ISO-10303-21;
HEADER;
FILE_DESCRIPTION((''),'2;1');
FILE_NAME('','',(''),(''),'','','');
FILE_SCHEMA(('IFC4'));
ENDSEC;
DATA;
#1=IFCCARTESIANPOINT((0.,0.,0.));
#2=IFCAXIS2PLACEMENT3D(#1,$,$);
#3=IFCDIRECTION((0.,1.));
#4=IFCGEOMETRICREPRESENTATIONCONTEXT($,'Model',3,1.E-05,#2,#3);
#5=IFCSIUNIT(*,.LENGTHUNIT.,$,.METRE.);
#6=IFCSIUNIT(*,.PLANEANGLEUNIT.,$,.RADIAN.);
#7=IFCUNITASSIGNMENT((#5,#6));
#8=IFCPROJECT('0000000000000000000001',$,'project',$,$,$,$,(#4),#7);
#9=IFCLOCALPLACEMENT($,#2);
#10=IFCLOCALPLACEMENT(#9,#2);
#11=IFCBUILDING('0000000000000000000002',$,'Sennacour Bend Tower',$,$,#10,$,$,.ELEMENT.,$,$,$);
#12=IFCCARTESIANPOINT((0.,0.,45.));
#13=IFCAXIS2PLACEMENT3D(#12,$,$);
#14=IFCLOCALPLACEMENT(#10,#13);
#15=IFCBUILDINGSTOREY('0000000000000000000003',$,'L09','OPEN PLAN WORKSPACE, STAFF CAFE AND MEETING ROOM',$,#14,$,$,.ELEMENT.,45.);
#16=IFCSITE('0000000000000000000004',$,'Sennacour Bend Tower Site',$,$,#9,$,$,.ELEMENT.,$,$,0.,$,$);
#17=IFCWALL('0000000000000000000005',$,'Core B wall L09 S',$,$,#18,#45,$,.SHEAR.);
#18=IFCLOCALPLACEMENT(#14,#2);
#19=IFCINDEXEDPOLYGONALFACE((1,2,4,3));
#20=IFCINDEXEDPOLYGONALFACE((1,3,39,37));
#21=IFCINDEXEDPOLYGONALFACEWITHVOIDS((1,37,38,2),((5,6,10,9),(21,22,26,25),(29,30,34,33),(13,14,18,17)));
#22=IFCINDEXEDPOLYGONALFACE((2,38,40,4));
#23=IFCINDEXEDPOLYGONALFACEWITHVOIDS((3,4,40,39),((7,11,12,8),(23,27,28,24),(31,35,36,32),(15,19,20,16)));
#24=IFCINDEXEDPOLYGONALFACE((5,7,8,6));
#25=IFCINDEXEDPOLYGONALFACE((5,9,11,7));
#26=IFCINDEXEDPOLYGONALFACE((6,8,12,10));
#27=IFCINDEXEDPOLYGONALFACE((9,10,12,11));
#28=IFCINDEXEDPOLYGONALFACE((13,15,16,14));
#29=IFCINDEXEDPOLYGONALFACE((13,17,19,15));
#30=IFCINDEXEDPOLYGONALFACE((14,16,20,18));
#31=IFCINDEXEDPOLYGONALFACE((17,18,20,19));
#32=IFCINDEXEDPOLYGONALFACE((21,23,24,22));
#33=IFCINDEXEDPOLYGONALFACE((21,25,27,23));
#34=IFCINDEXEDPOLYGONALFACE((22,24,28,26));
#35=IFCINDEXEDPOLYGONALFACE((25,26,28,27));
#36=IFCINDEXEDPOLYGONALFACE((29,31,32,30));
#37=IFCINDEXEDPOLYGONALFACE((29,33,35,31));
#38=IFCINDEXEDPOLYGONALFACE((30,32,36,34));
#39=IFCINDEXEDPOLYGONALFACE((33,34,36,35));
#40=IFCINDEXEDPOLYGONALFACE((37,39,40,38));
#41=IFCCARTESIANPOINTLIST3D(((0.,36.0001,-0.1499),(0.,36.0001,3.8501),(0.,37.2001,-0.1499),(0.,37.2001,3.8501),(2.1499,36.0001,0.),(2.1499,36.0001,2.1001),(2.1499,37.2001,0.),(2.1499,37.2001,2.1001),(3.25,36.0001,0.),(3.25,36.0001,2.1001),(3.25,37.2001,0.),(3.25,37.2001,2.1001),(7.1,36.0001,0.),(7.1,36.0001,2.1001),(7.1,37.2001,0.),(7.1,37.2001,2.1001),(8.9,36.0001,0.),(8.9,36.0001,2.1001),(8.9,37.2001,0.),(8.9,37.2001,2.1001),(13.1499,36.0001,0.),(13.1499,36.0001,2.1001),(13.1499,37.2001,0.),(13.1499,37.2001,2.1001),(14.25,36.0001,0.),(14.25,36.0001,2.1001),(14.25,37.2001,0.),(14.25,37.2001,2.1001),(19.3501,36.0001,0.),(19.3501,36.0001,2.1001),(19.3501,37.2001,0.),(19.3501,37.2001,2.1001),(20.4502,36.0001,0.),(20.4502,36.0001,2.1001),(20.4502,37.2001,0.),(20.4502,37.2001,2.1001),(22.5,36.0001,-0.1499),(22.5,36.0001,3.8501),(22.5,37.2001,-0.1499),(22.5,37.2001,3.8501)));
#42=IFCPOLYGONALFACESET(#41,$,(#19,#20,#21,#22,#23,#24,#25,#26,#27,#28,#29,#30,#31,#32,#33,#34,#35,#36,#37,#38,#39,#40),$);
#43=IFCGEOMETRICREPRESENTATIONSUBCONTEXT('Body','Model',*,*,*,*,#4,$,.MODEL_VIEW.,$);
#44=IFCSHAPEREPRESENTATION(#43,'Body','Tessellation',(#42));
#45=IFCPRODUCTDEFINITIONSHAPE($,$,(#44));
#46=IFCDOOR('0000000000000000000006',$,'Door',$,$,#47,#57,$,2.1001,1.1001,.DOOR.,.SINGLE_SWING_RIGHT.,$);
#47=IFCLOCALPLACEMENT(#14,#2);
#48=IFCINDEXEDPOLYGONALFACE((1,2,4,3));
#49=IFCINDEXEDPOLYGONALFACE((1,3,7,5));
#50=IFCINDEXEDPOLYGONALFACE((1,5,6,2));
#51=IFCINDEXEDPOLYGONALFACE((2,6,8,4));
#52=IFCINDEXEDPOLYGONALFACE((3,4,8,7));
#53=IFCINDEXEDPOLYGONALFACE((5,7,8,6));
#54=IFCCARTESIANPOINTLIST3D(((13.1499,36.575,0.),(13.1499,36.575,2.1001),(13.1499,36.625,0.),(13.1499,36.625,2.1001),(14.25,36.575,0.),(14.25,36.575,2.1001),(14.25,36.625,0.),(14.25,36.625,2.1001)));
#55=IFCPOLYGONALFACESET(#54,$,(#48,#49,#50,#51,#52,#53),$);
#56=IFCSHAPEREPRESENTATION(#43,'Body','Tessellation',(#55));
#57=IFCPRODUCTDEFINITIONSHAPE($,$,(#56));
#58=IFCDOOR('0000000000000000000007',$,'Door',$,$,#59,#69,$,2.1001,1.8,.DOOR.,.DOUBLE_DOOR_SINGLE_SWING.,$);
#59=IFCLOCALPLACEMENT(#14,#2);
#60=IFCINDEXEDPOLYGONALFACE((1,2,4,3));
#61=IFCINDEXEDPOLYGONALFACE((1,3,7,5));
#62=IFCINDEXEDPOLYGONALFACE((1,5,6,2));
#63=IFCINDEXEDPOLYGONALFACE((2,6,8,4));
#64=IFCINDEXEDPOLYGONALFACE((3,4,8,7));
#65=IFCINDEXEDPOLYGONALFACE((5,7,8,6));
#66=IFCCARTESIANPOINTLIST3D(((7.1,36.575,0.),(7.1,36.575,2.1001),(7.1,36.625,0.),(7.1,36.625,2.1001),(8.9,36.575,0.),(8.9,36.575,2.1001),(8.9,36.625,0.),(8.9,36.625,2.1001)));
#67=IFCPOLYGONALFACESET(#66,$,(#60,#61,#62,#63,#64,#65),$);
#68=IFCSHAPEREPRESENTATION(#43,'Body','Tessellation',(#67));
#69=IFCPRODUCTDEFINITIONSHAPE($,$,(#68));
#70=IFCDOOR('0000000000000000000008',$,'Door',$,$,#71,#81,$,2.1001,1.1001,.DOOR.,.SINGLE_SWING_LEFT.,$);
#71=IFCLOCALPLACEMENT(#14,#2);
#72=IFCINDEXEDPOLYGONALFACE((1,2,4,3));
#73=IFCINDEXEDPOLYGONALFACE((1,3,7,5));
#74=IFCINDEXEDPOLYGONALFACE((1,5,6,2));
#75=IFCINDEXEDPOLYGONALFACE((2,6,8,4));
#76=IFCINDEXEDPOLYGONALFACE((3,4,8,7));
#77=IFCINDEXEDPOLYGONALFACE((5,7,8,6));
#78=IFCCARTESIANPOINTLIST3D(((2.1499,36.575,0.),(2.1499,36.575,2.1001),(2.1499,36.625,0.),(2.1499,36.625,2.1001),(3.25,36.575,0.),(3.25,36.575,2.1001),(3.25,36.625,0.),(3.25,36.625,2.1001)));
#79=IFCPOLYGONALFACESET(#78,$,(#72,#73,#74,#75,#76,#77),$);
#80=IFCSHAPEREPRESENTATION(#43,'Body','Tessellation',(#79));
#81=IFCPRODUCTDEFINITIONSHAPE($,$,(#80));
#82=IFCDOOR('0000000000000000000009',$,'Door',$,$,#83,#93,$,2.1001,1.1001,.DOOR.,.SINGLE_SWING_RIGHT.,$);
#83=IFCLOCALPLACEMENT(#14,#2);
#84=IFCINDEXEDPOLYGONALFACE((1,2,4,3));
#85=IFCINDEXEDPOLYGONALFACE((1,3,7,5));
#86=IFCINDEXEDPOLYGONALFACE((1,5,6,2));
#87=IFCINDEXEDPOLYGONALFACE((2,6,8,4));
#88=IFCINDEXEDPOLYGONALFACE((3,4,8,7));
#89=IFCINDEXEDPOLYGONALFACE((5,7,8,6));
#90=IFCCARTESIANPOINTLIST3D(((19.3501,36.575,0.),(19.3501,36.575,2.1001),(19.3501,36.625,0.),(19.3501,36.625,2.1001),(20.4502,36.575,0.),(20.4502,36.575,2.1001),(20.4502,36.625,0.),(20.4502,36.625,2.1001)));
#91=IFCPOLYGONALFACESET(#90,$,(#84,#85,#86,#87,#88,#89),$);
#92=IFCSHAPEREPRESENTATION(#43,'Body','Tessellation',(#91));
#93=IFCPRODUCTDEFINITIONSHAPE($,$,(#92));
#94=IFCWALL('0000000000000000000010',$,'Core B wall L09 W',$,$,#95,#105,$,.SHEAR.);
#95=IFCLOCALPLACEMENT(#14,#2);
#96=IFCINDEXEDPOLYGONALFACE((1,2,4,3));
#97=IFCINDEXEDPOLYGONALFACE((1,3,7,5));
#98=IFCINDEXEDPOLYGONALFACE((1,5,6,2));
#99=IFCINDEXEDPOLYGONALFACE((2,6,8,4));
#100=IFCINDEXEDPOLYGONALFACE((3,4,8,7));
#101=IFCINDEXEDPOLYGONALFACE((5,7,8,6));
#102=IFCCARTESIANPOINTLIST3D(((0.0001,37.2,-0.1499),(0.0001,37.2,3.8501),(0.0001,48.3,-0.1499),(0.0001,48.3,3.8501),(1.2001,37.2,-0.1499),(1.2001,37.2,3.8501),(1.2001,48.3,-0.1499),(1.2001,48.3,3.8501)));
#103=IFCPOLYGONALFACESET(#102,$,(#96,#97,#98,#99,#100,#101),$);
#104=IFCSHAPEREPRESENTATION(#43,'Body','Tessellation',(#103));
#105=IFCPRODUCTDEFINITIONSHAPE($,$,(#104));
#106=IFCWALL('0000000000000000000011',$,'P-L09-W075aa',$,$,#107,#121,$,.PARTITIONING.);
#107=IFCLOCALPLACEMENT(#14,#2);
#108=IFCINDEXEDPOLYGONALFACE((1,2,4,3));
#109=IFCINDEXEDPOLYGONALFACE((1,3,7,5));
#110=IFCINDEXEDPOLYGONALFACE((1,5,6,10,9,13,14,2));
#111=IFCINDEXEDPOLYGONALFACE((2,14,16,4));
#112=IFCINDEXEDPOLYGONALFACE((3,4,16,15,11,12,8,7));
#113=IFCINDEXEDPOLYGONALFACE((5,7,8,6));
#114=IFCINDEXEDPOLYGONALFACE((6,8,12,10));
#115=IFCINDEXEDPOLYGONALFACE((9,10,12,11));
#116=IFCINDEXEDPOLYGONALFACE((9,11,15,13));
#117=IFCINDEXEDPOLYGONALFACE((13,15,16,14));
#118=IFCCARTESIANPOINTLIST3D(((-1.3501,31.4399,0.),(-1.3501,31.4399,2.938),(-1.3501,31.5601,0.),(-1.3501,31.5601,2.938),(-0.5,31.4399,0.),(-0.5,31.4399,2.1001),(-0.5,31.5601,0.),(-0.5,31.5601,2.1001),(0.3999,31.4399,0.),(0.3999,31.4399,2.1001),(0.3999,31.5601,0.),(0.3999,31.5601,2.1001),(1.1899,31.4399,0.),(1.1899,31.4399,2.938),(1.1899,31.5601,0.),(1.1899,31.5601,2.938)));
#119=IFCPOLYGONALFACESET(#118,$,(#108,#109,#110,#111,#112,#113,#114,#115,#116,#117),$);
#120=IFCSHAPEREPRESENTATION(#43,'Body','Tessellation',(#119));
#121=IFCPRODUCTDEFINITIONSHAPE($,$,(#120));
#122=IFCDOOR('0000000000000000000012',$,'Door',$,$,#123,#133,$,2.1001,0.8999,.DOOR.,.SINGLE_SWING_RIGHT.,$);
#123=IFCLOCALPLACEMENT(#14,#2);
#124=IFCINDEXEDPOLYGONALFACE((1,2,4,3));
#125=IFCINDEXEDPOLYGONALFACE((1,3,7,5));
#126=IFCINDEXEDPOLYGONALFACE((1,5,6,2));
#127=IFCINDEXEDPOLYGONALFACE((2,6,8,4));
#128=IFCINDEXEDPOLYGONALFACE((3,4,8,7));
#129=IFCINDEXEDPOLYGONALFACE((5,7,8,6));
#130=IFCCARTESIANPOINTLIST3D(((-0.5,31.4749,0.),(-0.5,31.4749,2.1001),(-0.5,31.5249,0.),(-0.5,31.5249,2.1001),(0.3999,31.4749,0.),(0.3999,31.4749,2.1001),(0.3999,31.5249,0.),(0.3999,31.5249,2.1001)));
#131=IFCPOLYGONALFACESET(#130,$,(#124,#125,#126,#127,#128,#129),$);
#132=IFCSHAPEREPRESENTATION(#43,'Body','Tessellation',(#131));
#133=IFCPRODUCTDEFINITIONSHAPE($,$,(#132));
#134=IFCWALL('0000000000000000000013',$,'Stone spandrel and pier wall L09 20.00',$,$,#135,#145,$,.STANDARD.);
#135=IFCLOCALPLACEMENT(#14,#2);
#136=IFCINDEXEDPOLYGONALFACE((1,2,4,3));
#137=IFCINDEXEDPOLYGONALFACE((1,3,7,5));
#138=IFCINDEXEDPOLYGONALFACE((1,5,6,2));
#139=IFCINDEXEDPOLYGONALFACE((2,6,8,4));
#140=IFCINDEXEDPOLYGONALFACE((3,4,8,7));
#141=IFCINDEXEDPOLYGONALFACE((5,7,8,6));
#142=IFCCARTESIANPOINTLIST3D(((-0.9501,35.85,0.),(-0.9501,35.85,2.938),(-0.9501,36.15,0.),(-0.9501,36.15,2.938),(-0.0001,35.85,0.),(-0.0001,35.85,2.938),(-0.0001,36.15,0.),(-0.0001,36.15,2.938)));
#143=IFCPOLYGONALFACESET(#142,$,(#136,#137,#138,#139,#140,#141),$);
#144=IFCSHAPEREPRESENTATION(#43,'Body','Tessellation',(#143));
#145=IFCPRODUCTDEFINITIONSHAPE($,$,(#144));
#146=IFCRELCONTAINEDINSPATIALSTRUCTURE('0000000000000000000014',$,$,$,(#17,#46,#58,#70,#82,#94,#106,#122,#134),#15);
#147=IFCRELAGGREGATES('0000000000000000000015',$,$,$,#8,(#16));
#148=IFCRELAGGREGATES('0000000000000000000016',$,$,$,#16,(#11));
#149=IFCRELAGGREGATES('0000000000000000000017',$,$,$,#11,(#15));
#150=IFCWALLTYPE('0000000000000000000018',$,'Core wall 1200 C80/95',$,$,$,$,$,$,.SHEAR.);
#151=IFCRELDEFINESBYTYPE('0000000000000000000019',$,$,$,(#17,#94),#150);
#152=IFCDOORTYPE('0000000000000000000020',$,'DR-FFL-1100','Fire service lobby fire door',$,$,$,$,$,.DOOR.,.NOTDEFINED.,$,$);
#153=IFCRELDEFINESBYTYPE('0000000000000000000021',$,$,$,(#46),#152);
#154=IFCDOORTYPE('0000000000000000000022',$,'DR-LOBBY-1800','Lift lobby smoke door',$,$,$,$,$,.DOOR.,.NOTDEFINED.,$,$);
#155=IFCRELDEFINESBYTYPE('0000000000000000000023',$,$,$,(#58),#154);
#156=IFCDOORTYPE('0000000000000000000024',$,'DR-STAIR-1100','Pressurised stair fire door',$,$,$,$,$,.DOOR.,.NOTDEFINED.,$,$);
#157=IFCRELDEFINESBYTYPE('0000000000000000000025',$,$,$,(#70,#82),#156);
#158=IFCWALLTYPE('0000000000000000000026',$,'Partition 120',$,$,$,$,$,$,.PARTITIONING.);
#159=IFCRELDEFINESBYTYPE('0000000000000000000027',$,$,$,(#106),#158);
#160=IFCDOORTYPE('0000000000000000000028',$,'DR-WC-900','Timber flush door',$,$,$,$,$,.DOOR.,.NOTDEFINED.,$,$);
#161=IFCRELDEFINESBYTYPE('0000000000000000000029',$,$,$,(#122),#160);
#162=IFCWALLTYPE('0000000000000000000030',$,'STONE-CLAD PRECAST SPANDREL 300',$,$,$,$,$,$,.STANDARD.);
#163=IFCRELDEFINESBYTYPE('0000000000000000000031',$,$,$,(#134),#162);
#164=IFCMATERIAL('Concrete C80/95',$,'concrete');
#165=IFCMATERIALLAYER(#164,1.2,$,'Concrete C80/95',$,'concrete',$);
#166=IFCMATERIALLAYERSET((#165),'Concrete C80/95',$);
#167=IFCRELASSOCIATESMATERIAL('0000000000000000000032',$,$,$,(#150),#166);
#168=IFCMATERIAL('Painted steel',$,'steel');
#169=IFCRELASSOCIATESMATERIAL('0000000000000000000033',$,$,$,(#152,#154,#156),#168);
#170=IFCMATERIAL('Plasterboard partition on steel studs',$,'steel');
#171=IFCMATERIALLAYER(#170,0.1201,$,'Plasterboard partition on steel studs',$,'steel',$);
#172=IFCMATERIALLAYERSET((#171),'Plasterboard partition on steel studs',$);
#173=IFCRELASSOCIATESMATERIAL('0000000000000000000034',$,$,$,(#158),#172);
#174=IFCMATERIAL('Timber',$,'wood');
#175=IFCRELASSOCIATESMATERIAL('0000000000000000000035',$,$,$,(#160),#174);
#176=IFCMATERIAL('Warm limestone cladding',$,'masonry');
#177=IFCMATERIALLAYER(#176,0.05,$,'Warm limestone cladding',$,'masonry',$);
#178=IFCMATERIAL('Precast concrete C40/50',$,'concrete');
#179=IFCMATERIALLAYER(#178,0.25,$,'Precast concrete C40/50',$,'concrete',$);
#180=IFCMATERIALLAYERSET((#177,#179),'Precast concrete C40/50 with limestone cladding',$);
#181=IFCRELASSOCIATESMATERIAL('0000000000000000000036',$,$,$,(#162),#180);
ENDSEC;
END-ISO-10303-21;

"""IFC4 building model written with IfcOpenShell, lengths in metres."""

from ifc_helpers import new_model, si_unit, direction, frame, frame_2d, origin, place, context, subcontext, project, spatial, rectangle, extrude, material, layer, layer_set, type_object, element, fill, save


model = new_model("IFC4")

# Units and contexts
model_context = context("Model", 3, precision=1e-05, world=origin(), true_north=direction((0.0, 1.0)))
body_context = subcontext(model_context, "Body", "Model", "MODEL_VIEW")
ifc_project = project(units=[si_unit("LENGTHUNIT", "METRE"), si_unit("PLANEANGLEUNIT", "RADIAN")], contexts=[model_context])

# Site, building, storey
site_placement = place(None, origin())
site = spatial("IfcSite", under=ifc_project, at=site_placement, Name="Sennacour Bend Tower Site", CompositionType="ELEMENT", RefElevation=0.0)
building_placement = place(site_placement, origin())
building = spatial("IfcBuilding", under=site, at=building_placement, Name="Sennacour Bend Tower", CompositionType="ELEMENT")
storey_placement = place(building_placement, frame((0.0, 0.0, 45.0)))
storey = spatial("IfcBuildingStorey", under=building, at=storey_placement, Name="L09", Description="OPEN PLAN WORKSPACE, STAFF CAFE AND MEETING ROOM", CompositionType="ELEMENT", Elevation=45.0)

# Wall, openings, doors
ifc_material_1 = material(Name="Concrete C80/95", Category="concrete")
ifc_layer_1 = layer(ifc_material_1, 1.2, Name="Concrete C80/95", Category="concrete")
ifc_layer_set_1 = layer_set([ifc_layer_1], Name="Concrete C80/95")
wall_type_1 = type_object("IfcWallType", Name="Core wall 1200 C80/95", PredefinedType="SHEAR", material=ifc_layer_set_1)
wall_1_placement = place(storey_placement, frame((0.0, 36.6001, -0.1499), z_axis=(0.0, 0.0, 1.0), x_axis=(1.0, 0.0, 0.0)))
wall_1 = element("IfcWall", 1, at=wall_1_placement, inside=storey, type_object=wall_type_1, Name="Core B wall L09 S", PredefinedType="SHEAR", context=body_context, shape_type="SweptSolid", body=[
    extrude(rectangle(XDim=22.5, YDim=1.2, at=frame_2d((11.25, 0.0))), origin(), (0.0, 0.0, 1.0), 4.0),
])
opening_1_placement = place(wall_1_placement, frame((7.1001, 0.0, 0.1499)))
opening_1 = element("IfcOpeningElement", 2, at=opening_1_placement, cuts=wall_1, PredefinedType="OPENING", context=body_context, shape_type="SweptSolid", body=[
    extrude(rectangle(XDim=1.8, YDim=2.1001, at=frame_2d((0.8999, 1.05))), frame((0.0, 0.6099, 0.0), z_axis=(0.0, -1.0, 0.0), x_axis=(1.0, 0.0, 0.0)), (0.0, 0.0, 1.0), 1.22),
])
opening_2_placement = place(wall_1_placement, frame((13.1499, 0.0, 0.1499)))
opening_2 = element("IfcOpeningElement", 3, at=opening_2_placement, cuts=wall_1, PredefinedType="OPENING", context=body_context, shape_type="SweptSolid", body=[
    extrude(rectangle(XDim=1.1001, YDim=2.1001, at=frame_2d((0.55, 1.05))), frame((0.0, 0.6099, 0.0), z_axis=(0.0, -1.0, 0.0), x_axis=(1.0, 0.0, 0.0)), (0.0, 0.0, 1.0), 1.22),
])
opening_3_placement = place(wall_1_placement, frame((2.1499, 0.0, 0.1499)))
opening_3 = element("IfcOpeningElement", 4, at=opening_3_placement, cuts=wall_1, PredefinedType="OPENING", context=body_context, shape_type="SweptSolid", body=[
    extrude(rectangle(XDim=1.1001, YDim=2.1001, at=frame_2d((0.55, 1.05))), frame((0.0, 0.6099, 0.0), z_axis=(0.0, -1.0, 0.0), x_axis=(1.0, 0.0, 0.0)), (0.0, 0.0, 1.0), 1.22),
])
opening_4_placement = place(wall_1_placement, frame((19.3501, 0.0, 0.1499)))
opening_4 = element("IfcOpeningElement", 5, at=opening_4_placement, cuts=wall_1, PredefinedType="OPENING", context=body_context, shape_type="SweptSolid", body=[
    extrude(rectangle(XDim=1.1001, YDim=2.1001, at=frame_2d((0.55, 1.05))), frame((0.0, 0.6099, 0.0), z_axis=(0.0, -1.0, 0.0), x_axis=(1.0, 0.0, 0.0)), (0.0, 0.0, 1.0), 1.22),
])
ifc_material_2 = material(Name="Painted steel", Category="steel")
door_type_1 = type_object("IfcDoorType", Name="DR-FFL-1100", Description="Fire service lobby fire door", OperationType="NOTDEFINED", PredefinedType="DOOR", material=ifc_material_2)
door_1_placement = place(opening_2_placement, origin())
door_1 = element("IfcDoor", 6, at=door_1_placement, inside=storey, type_object=door_type_1, Name="Door", OperationType="SINGLE_SWING_RIGHT", OverallHeight=2.1001, OverallWidth=1.1001, PredefinedType="DOOR", context=body_context, shape_type="SweptSolid", body=[
    extrude(rectangle(XDim=1.1001, YDim=2.1001, at=frame_2d((0.55, 1.05))), frame((0.0, 0.0249, 0.0), z_axis=(0.0, -1.0, 0.0), x_axis=(1.0, 0.0, 0.0)), (0.0, 0.0, 1.0), 0.05),
])
fill(opening_2, door_1)
door_type_2 = type_object("IfcDoorType", Name="DR-LOBBY-1800", Description="Lift lobby smoke door", OperationType="NOTDEFINED", PredefinedType="DOOR", material=ifc_material_2)
door_2_placement = place(opening_1_placement, origin())
door_2 = element("IfcDoor", 7, at=door_2_placement, inside=storey, type_object=door_type_2, Name="Door", OperationType="DOUBLE_DOOR_SINGLE_SWING", OverallHeight=2.1001, OverallWidth=1.8, PredefinedType="DOOR", context=body_context, shape_type="SweptSolid", body=[
    extrude(rectangle(XDim=1.8, YDim=2.1001, at=frame_2d((0.8999, 1.05))), frame((0.0, 0.0249, 0.0), z_axis=(0.0, -1.0, 0.0), x_axis=(1.0, 0.0, 0.0)), (0.0, 0.0, 1.0), 0.05),
])
fill(opening_1, door_2)
door_type_3 = type_object("IfcDoorType", Name="DR-STAIR-1100", Description="Pressurised stair fire door", OperationType="NOTDEFINED", PredefinedType="DOOR", material=ifc_material_2)
door_3_placement = place(opening_3_placement, origin())
door_3 = element("IfcDoor", 8, at=door_3_placement, inside=storey, type_object=door_type_3, Name="Door", OperationType="SINGLE_SWING_LEFT", OverallHeight=2.1001, OverallWidth=1.1001, PredefinedType="DOOR", context=body_context, shape_type="SweptSolid", body=[
    extrude(rectangle(XDim=1.1001, YDim=2.1001, at=frame_2d((0.55, 1.05))), frame((0.0, 0.0249, 0.0), z_axis=(0.0, -1.0, 0.0), x_axis=(1.0, 0.0, 0.0)), (0.0, 0.0, 1.0), 0.05),
])
fill(opening_3, door_3)
door_4_placement = place(opening_4_placement, origin())
door_4 = element("IfcDoor", 9, at=door_4_placement, inside=storey, type_object=door_type_3, Name="Door", OperationType="SINGLE_SWING_RIGHT", OverallHeight=2.1001, OverallWidth=1.1001, PredefinedType="DOOR", context=body_context, shape_type="SweptSolid", body=[
    extrude(rectangle(XDim=1.1001, YDim=2.1001, at=frame_2d((0.55, 1.05))), frame((0.0, 0.0249, 0.0), z_axis=(0.0, -1.0, 0.0), x_axis=(1.0, 0.0, 0.0)), (0.0, 0.0, 1.0), 0.05),
])
fill(opening_4, door_4)

# Wall
wall_2_placement = place(storey_placement, frame((0.6001, 37.2, -0.1499), z_axis=(0.0, 0.0, 1.0), x_axis=(0.0, 1.0, 0.0)))
element("IfcWall", 10, at=wall_2_placement, inside=storey, type_object=wall_type_1, Name="Core B wall L09 W", PredefinedType="SHEAR", context=body_context, shape_type="SweptSolid", body=[
    extrude(rectangle(XDim=11.1001, YDim=1.2, at=frame_2d((5.55, 0.0))), origin(), (0.0, 0.0, 1.0), 4.0),
])

# Wall, opening, door
ifc_material_3 = material(Name="Plasterboard partition on steel studs", Category="steel")
ifc_layer_2 = layer(ifc_material_3, 0.1201, Name="Plasterboard partition on steel studs", Category="steel")
ifc_layer_set_2 = layer_set([ifc_layer_2], Name="Plasterboard partition on steel studs")
wall_type_2 = type_object("IfcWallType", Name="Partition 120", PredefinedType="PARTITIONING", material=ifc_layer_set_2)
wall_3_placement = place(storey_placement, frame((-1.3501, 31.5, 0.0), z_axis=(0.0, 0.0, 1.0), x_axis=(1.0, 0.0, 0.0)))
wall_3 = element("IfcWall", 11, at=wall_3_placement, inside=storey, type_object=wall_type_2, Name="P-L09-W075aa", PredefinedType="PARTITIONING", context=body_context, shape_type="SweptSolid", body=[
    extrude(rectangle(XDim=2.54, YDim=0.1201, at=frame_2d((1.27, 0.0))), origin(), (0.0, 0.0, 1.0), 2.938),
])
opening_5_placement = place(wall_3_placement, frame((0.8501, 0.0, 0.0)))
opening_5 = element("IfcOpeningElement", 12, at=opening_5_placement, cuts=wall_3, PredefinedType="OPENING", context=body_context, shape_type="SweptSolid", body=[
    extrude(rectangle(XDim=0.8999, YDim=2.1001, at=frame_2d((0.45, 1.05))), frame((0.0, 0.0701, 0.0), z_axis=(0.0, -1.0, 0.0), x_axis=(1.0, 0.0, 0.0)), (0.0, 0.0, 1.0), 0.1401),
])
ifc_material_4 = material(Name="Timber", Category="wood")
door_type_4 = type_object("IfcDoorType", Name="DR-WC-900", Description="Timber flush door", OperationType="NOTDEFINED", PredefinedType="DOOR", material=ifc_material_4)
door_5_placement = place(opening_5_placement, origin())
door_5 = element("IfcDoor", 13, at=door_5_placement, inside=storey, type_object=door_type_4, Name="Door", OperationType="SINGLE_SWING_RIGHT", OverallHeight=2.1001, OverallWidth=0.8999, PredefinedType="DOOR", context=body_context, shape_type="SweptSolid", body=[
    extrude(rectangle(XDim=0.8999, YDim=2.1001, at=frame_2d((0.45, 1.05))), frame((0.0, 0.0249, 0.0), z_axis=(0.0, -1.0, 0.0), x_axis=(1.0, 0.0, 0.0)), (0.0, 0.0, 1.0), 0.05),
])
fill(opening_5, door_5)

# Wall
ifc_material_5 = material(Name="Warm limestone cladding", Category="masonry")
ifc_layer_3 = layer(ifc_material_5, 0.05, Name="Warm limestone cladding", Category="masonry")
ifc_material_6 = material(Name="Precast concrete C40/50", Category="concrete")
ifc_layer_4 = layer(ifc_material_6, 0.25, Name="Precast concrete C40/50", Category="concrete")
ifc_layer_set_3 = layer_set([ifc_layer_3, ifc_layer_4], Name="Precast concrete C40/50 with limestone cladding")
wall_type_3 = type_object("IfcWallType", Name="STONE-CLAD PRECAST SPANDREL 300", PredefinedType="STANDARD", material=ifc_layer_set_3)
wall_4_placement = place(storey_placement, frame((0.0, 36.0, 0.0), z_axis=(0.0, 0.0, 1.0), x_axis=(-1.0, 0.0, 0.0)))
element("IfcWall", 14, at=wall_4_placement, inside=storey, type_object=wall_type_3, Name="Stone spandrel and pier wall L09 20.00", PredefinedType="STANDARD", context=body_context, shape_type="SweptSolid", body=[
    extrude(rectangle(XDim=0.95, YDim=0.3, at=frame_2d((0.4751, 0.0))), origin(), (0.0, 0.0, 1.0), 2.938),
])

save(model, "model.ifc")
